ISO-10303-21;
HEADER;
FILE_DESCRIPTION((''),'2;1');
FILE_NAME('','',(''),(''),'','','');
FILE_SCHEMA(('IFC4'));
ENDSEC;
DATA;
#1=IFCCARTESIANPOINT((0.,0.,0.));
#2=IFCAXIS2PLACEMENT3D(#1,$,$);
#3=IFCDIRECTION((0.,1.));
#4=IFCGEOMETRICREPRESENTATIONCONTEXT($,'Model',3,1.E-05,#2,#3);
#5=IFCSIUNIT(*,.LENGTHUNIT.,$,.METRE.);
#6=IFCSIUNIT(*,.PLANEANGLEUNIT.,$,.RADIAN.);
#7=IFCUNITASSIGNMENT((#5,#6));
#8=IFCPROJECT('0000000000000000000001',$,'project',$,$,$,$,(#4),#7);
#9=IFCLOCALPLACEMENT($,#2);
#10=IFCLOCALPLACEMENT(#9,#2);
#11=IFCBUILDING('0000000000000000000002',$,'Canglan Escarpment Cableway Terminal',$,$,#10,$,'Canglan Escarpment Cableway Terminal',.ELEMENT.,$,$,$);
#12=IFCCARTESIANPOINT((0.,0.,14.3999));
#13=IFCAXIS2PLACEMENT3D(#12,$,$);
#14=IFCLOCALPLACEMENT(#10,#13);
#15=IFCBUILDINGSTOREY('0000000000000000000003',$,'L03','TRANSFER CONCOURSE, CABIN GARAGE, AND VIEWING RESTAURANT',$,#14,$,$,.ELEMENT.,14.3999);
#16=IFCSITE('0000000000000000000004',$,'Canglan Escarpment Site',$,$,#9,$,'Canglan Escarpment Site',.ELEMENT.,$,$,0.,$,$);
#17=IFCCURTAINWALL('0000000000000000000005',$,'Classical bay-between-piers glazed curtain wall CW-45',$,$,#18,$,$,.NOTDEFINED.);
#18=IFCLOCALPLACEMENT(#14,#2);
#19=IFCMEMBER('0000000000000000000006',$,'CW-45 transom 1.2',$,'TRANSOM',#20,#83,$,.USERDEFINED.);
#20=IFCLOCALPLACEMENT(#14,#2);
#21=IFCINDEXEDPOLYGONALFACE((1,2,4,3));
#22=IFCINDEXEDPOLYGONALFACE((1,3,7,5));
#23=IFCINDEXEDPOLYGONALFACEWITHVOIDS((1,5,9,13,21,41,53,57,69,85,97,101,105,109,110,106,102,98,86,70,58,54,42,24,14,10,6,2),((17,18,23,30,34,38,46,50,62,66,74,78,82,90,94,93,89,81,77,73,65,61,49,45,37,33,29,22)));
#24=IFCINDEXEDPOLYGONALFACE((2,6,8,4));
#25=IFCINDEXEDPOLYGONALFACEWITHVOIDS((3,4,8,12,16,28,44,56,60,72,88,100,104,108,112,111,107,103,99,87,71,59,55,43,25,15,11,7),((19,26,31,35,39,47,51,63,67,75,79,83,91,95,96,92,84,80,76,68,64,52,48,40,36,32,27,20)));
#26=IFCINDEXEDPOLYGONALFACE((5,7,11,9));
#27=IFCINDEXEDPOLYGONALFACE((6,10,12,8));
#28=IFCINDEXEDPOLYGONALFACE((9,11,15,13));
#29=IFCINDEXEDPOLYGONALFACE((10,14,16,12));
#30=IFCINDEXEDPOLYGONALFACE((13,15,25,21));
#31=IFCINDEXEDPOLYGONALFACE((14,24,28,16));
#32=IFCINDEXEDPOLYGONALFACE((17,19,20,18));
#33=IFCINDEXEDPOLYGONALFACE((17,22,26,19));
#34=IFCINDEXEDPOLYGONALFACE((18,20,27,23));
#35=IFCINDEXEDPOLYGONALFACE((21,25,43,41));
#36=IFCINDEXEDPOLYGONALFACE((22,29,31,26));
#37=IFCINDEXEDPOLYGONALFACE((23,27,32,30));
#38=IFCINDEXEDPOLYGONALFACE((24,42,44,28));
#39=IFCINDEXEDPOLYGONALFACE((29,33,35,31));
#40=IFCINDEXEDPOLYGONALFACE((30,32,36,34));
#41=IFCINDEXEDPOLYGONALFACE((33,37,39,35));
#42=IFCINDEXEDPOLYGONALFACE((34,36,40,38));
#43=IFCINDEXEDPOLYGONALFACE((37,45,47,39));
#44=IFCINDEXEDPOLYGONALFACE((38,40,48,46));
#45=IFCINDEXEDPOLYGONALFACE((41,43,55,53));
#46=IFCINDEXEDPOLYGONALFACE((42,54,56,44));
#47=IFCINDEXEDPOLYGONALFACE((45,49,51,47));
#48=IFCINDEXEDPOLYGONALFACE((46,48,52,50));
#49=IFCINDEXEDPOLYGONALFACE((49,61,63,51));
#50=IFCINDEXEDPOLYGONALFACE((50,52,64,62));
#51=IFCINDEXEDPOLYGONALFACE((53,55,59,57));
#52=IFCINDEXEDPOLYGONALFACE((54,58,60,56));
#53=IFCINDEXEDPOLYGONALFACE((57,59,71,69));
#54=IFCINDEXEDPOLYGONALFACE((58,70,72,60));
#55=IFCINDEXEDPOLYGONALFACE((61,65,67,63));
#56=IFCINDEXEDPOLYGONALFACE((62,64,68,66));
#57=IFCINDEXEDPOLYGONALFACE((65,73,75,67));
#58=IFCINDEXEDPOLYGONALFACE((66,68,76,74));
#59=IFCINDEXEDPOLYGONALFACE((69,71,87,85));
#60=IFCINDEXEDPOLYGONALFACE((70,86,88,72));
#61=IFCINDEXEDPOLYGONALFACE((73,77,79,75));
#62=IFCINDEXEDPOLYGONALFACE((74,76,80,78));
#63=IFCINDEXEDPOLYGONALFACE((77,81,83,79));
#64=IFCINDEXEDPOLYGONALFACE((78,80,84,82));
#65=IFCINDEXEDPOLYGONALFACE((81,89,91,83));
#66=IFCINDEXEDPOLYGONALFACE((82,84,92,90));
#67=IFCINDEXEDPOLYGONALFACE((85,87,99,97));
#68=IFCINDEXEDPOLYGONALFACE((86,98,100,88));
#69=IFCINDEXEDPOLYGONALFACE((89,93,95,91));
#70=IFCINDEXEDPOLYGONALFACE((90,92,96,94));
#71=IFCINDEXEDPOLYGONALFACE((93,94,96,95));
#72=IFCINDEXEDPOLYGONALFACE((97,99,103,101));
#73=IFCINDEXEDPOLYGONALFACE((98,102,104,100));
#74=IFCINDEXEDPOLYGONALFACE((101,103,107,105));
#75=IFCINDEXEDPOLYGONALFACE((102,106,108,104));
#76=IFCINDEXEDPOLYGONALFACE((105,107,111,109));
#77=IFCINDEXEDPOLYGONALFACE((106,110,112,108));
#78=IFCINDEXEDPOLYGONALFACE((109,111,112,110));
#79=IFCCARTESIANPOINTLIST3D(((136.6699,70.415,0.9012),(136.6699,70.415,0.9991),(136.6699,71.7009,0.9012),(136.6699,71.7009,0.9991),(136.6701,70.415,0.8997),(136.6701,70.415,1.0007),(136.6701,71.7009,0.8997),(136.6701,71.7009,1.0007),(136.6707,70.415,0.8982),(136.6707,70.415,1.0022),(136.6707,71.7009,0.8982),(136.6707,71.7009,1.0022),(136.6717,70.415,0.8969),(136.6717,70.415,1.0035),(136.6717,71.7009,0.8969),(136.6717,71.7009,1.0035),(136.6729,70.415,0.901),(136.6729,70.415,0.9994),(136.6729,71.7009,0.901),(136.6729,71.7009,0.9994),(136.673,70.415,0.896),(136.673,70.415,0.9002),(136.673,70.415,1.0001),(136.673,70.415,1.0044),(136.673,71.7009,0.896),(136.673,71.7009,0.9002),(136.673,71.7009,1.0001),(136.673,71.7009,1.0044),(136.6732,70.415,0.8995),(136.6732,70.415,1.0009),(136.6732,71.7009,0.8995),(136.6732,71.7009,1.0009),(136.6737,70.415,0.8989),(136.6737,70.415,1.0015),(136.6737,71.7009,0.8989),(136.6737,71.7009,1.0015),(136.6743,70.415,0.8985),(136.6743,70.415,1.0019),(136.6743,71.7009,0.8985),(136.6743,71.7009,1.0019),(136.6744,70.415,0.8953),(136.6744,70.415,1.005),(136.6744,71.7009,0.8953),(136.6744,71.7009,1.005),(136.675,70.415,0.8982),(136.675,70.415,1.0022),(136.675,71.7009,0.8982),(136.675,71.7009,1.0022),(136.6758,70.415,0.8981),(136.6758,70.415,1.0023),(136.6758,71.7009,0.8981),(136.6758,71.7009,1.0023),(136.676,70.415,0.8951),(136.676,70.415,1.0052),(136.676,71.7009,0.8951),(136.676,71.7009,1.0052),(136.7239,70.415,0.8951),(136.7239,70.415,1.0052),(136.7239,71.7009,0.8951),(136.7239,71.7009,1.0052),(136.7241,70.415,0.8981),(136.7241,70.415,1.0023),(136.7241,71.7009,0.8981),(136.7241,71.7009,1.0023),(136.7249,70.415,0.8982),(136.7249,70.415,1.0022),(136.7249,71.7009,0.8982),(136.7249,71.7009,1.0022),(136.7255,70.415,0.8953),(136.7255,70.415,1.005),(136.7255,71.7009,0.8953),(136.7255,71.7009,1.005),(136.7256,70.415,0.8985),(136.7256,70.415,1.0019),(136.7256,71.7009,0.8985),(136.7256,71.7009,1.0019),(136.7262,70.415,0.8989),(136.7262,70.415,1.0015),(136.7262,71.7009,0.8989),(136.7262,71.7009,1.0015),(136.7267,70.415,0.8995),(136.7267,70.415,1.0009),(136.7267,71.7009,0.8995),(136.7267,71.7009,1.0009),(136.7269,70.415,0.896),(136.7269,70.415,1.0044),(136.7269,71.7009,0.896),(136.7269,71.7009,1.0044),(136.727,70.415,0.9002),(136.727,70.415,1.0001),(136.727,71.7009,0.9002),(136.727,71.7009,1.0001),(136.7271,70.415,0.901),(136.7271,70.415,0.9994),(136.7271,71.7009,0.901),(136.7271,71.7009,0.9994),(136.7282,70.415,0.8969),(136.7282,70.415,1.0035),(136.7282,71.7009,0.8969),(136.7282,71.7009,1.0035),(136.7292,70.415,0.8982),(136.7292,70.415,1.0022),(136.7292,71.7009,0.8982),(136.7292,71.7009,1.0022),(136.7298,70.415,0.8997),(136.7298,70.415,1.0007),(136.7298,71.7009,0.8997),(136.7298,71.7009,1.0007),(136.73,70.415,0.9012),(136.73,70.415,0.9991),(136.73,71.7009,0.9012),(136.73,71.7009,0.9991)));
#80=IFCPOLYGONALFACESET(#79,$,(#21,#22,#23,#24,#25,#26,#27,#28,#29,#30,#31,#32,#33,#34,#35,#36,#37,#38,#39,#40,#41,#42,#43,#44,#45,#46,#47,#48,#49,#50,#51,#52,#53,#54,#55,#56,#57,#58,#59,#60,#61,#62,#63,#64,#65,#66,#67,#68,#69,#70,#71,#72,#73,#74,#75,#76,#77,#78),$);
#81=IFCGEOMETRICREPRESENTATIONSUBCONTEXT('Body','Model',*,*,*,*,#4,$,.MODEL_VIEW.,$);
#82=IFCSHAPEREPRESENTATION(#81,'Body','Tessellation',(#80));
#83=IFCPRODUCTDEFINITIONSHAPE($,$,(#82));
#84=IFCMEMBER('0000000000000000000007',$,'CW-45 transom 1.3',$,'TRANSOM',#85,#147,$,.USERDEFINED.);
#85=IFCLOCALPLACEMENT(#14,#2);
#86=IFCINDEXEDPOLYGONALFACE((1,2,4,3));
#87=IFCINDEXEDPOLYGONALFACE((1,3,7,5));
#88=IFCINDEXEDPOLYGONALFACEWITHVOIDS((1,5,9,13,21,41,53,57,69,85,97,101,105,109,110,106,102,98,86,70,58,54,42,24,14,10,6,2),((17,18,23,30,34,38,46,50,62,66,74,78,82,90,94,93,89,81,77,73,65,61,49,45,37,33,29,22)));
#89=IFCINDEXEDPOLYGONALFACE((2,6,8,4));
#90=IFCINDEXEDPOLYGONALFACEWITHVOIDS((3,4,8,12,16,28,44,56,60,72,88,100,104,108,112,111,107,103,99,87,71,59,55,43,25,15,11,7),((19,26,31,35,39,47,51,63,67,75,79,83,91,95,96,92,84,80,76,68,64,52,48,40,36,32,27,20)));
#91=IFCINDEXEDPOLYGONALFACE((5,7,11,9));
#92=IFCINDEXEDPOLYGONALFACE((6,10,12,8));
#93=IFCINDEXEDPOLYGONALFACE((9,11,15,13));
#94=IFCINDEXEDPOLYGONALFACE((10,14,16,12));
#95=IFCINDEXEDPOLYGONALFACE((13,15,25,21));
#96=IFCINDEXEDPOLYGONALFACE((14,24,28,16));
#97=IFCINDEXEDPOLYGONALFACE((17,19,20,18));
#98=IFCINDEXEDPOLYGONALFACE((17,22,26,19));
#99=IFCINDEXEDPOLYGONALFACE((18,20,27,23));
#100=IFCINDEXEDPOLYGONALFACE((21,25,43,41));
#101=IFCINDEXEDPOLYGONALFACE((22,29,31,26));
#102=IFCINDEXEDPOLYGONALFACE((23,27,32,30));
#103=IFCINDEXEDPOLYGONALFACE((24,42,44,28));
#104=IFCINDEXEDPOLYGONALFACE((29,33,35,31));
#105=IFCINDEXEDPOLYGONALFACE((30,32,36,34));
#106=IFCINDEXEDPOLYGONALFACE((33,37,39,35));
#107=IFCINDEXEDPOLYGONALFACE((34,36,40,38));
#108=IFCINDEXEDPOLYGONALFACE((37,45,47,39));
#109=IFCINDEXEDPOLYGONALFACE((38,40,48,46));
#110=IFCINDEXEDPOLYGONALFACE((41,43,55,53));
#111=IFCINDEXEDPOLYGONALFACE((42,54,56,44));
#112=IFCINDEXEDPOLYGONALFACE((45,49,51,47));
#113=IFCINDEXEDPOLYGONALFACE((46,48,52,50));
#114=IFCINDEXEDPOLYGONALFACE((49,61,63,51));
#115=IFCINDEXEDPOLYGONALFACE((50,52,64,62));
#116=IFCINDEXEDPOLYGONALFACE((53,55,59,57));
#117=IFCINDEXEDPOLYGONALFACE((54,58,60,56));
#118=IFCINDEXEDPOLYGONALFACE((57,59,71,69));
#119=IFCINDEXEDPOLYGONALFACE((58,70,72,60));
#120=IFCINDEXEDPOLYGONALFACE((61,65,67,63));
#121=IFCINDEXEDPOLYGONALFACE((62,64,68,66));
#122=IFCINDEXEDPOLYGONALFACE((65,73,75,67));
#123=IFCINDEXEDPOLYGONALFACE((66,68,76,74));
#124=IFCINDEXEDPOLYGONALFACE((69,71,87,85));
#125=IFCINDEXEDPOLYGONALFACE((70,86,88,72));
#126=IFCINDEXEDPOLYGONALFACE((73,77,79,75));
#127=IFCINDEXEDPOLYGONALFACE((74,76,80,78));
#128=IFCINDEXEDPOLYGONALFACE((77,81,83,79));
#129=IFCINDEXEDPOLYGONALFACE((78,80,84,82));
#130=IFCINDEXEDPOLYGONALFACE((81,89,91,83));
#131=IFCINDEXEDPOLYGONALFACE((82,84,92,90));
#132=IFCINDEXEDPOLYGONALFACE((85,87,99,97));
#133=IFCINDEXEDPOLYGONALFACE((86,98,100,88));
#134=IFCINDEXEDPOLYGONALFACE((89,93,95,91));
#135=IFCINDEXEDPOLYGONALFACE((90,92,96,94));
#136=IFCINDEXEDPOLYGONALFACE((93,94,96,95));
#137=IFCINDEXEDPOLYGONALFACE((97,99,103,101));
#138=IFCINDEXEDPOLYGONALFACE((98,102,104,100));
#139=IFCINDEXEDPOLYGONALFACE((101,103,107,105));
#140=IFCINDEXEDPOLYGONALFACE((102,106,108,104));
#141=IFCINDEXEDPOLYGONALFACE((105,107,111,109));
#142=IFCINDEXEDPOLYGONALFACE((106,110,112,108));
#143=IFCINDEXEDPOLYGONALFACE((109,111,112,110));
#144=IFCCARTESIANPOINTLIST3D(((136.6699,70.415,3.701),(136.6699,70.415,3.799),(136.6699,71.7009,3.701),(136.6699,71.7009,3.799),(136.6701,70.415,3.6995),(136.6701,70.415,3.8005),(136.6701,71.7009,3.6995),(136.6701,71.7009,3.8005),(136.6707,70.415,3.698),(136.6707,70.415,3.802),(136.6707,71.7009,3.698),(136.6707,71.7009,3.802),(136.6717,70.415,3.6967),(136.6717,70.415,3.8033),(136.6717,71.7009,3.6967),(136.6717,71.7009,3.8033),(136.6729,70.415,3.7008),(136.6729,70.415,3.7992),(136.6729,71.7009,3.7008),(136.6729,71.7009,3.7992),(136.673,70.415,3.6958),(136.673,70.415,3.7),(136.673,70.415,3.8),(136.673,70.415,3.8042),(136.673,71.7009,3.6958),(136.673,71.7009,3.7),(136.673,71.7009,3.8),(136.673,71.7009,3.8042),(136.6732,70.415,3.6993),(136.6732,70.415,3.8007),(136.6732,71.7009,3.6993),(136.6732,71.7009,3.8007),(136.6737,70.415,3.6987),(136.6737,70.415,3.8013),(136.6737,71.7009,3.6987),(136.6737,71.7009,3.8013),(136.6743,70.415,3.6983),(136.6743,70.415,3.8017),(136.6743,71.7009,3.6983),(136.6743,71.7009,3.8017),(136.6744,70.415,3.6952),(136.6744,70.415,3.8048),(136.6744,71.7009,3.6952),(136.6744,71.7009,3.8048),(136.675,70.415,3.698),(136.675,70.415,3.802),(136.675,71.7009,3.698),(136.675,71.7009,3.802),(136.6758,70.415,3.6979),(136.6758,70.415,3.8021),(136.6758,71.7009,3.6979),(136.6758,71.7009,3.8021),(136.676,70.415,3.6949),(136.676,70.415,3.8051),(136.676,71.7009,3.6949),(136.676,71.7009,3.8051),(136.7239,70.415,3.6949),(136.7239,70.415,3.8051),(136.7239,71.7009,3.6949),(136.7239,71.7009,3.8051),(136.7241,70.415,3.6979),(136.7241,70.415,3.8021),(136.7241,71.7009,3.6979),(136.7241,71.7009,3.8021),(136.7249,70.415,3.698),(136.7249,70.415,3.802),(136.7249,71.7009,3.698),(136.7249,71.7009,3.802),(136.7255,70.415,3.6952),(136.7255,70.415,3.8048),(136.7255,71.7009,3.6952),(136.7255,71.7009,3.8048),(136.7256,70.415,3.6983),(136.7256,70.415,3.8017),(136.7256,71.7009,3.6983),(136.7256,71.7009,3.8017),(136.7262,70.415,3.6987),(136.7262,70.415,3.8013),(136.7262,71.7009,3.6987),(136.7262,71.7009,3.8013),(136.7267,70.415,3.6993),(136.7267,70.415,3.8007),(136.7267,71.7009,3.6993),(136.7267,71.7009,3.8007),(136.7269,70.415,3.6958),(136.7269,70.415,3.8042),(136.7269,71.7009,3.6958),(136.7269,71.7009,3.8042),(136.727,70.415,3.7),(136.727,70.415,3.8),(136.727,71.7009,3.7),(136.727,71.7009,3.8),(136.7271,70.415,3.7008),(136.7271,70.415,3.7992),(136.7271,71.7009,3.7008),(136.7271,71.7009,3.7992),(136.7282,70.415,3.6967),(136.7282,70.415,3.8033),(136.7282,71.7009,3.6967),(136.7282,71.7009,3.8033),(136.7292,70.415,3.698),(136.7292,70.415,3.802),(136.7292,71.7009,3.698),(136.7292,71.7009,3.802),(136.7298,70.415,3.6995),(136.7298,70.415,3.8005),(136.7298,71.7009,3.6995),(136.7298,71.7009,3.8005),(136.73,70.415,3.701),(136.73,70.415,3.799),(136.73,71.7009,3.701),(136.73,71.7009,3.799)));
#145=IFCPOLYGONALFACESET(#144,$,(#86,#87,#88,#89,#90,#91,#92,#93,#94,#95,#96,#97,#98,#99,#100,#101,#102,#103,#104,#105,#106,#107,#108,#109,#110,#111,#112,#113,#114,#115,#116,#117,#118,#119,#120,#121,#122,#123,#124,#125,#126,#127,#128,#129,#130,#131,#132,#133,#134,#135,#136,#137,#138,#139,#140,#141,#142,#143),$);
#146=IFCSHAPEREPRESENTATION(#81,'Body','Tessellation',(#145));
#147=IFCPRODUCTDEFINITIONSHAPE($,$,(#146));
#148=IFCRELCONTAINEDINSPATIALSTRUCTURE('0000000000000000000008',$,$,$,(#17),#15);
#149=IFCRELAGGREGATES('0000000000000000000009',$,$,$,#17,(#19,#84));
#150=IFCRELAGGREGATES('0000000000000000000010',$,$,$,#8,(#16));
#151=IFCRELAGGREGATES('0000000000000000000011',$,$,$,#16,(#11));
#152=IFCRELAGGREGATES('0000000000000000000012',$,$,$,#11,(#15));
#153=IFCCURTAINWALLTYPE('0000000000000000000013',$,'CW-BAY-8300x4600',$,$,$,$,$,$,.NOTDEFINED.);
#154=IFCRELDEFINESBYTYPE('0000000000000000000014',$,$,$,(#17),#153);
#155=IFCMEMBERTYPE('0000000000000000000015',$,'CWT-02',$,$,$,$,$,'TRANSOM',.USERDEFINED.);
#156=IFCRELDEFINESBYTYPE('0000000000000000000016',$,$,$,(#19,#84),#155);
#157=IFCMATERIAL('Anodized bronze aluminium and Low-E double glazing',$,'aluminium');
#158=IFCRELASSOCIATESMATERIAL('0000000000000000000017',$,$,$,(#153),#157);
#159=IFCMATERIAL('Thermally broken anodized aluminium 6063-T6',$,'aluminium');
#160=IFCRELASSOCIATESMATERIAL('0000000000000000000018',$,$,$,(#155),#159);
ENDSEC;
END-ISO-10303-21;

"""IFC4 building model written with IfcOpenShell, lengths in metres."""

from ifc_helpers import new_model, si_unit, direction, frame, origin, origin_2d, place, context, subcontext, project, spatial, hollow_rectangle, extrude, material, material_profile, profile_set, type_object, element, aggregate, save


model = new_model("IFC4")

# Units and contexts
model_context = context("Model", 3, precision=1e-05, world=origin(), true_north=direction((0.0, 1.0)))
body_context = subcontext(model_context, "Body", "Model", "MODEL_VIEW")
ifc_project = project(units=[si_unit("LENGTHUNIT", "METRE"), si_unit("PLANEANGLEUNIT", "RADIAN")], contexts=[model_context])

# Site, building, storey
site_placement = place(None, origin())
site = spatial("IfcSite", under=ifc_project, at=site_placement, Name="Canglan Escarpment Site", LongName="Canglan Escarpment Site", CompositionType="ELEMENT", RefElevation=0.0)
building_placement = place(site_placement, origin())
building = spatial("IfcBuilding", under=site, at=building_placement, Name="Canglan Escarpment Cableway Terminal", LongName="Canglan Escarpment Cableway Terminal", CompositionType="ELEMENT")
storey_placement = place(building_placement, frame((0.0, 0.0, 14.3999)))
storey = spatial("IfcBuildingStorey", under=building, at=storey_placement, Name="L03", Description="TRANSFER CONCOURSE, CABIN GARAGE, AND VIEWING RESTAURANT", CompositionType="ELEMENT", Elevation=14.3999)

# Curtain wall, members
ifc_material_1 = material(Name="Anodized bronze aluminium and Low-E double glazing", Category="aluminium")
curtain_wall_type = type_object("IfcCurtainWallType", Name="CW-BAY-8300x4600", PredefinedType="NOTDEFINED", material=ifc_material_1)
curtain_wall_placement = place(storey_placement, origin())
curtain_wall = element("IfcCurtainWall", 1, at=curtain_wall_placement, inside=storey, type_object=curtain_wall_type, Name="Classical bay-between-piers glazed curtain wall CW-45", PredefinedType="NOTDEFINED")
ifc_material_2 = material(Name="Thermally broken anodized aluminium 6063-T6", Category="aluminium")
ifc_material_profile_1 = material_profile(ifc_material_2, hollow_rectangle(XDim=0.0601, YDim=0.1101, WallThickness=0.0029, InnerFilletRadius=0.0029, OuterFilletRadius=0.0061, at=origin_2d()), Name="ALU-TRAN 60x110x3")
ifc_profile_set_1 = profile_set([ifc_material_profile_1], Name="Thermally broken anodized aluminium 6063-T6")
member_type_1 = type_object("IfcMemberType", Name="CWT-02", ElementType="TRANSOM", PredefinedType="USERDEFINED", material=ifc_profile_set_1)
member_1_placement = place(storey_placement, frame((136.7, 70.415, 0.9502), z_axis=(0.0, 1.0, 0.0), x_axis=(-1.0, 0.0, 0.0)))
member_1 = element("IfcMember", 2, at=member_1_placement, type_object=member_type_1, Name="CW-45 transom 1.2", ObjectType="TRANSOM", PredefinedType="USERDEFINED", context=body_context, shape_type="SweptSolid", body=[
    extrude(hollow_rectangle(XDim=0.0601, YDim=0.1101, WallThickness=0.0029, InnerFilletRadius=0.0029, OuterFilletRadius=0.0061, at=origin_2d()), origin(), (0.0, 0.0, 1.0), 1.2859),
])
member_2_placement = place(storey_placement, frame((136.7, 70.415, 3.75), z_axis=(0.0, 1.0, 0.0), x_axis=(-1.0, 0.0, 0.0)))
member_2 = element("IfcMember", 3, at=member_2_placement, type_object=member_type_1, Name="CW-45 transom 1.3", ObjectType="TRANSOM", PredefinedType="USERDEFINED", context=body_context, shape_type="SweptSolid", body=[
    extrude(hollow_rectangle(XDim=0.0601, YDim=0.1101, WallThickness=0.0029, InnerFilletRadius=0.0029, OuterFilletRadius=0.0061, at=origin_2d()), origin(), (0.0, 0.0, 1.0), 1.2859),
])
aggregate(curtain_wall, [member_1, member_2])

save(model, "model.ifc")
